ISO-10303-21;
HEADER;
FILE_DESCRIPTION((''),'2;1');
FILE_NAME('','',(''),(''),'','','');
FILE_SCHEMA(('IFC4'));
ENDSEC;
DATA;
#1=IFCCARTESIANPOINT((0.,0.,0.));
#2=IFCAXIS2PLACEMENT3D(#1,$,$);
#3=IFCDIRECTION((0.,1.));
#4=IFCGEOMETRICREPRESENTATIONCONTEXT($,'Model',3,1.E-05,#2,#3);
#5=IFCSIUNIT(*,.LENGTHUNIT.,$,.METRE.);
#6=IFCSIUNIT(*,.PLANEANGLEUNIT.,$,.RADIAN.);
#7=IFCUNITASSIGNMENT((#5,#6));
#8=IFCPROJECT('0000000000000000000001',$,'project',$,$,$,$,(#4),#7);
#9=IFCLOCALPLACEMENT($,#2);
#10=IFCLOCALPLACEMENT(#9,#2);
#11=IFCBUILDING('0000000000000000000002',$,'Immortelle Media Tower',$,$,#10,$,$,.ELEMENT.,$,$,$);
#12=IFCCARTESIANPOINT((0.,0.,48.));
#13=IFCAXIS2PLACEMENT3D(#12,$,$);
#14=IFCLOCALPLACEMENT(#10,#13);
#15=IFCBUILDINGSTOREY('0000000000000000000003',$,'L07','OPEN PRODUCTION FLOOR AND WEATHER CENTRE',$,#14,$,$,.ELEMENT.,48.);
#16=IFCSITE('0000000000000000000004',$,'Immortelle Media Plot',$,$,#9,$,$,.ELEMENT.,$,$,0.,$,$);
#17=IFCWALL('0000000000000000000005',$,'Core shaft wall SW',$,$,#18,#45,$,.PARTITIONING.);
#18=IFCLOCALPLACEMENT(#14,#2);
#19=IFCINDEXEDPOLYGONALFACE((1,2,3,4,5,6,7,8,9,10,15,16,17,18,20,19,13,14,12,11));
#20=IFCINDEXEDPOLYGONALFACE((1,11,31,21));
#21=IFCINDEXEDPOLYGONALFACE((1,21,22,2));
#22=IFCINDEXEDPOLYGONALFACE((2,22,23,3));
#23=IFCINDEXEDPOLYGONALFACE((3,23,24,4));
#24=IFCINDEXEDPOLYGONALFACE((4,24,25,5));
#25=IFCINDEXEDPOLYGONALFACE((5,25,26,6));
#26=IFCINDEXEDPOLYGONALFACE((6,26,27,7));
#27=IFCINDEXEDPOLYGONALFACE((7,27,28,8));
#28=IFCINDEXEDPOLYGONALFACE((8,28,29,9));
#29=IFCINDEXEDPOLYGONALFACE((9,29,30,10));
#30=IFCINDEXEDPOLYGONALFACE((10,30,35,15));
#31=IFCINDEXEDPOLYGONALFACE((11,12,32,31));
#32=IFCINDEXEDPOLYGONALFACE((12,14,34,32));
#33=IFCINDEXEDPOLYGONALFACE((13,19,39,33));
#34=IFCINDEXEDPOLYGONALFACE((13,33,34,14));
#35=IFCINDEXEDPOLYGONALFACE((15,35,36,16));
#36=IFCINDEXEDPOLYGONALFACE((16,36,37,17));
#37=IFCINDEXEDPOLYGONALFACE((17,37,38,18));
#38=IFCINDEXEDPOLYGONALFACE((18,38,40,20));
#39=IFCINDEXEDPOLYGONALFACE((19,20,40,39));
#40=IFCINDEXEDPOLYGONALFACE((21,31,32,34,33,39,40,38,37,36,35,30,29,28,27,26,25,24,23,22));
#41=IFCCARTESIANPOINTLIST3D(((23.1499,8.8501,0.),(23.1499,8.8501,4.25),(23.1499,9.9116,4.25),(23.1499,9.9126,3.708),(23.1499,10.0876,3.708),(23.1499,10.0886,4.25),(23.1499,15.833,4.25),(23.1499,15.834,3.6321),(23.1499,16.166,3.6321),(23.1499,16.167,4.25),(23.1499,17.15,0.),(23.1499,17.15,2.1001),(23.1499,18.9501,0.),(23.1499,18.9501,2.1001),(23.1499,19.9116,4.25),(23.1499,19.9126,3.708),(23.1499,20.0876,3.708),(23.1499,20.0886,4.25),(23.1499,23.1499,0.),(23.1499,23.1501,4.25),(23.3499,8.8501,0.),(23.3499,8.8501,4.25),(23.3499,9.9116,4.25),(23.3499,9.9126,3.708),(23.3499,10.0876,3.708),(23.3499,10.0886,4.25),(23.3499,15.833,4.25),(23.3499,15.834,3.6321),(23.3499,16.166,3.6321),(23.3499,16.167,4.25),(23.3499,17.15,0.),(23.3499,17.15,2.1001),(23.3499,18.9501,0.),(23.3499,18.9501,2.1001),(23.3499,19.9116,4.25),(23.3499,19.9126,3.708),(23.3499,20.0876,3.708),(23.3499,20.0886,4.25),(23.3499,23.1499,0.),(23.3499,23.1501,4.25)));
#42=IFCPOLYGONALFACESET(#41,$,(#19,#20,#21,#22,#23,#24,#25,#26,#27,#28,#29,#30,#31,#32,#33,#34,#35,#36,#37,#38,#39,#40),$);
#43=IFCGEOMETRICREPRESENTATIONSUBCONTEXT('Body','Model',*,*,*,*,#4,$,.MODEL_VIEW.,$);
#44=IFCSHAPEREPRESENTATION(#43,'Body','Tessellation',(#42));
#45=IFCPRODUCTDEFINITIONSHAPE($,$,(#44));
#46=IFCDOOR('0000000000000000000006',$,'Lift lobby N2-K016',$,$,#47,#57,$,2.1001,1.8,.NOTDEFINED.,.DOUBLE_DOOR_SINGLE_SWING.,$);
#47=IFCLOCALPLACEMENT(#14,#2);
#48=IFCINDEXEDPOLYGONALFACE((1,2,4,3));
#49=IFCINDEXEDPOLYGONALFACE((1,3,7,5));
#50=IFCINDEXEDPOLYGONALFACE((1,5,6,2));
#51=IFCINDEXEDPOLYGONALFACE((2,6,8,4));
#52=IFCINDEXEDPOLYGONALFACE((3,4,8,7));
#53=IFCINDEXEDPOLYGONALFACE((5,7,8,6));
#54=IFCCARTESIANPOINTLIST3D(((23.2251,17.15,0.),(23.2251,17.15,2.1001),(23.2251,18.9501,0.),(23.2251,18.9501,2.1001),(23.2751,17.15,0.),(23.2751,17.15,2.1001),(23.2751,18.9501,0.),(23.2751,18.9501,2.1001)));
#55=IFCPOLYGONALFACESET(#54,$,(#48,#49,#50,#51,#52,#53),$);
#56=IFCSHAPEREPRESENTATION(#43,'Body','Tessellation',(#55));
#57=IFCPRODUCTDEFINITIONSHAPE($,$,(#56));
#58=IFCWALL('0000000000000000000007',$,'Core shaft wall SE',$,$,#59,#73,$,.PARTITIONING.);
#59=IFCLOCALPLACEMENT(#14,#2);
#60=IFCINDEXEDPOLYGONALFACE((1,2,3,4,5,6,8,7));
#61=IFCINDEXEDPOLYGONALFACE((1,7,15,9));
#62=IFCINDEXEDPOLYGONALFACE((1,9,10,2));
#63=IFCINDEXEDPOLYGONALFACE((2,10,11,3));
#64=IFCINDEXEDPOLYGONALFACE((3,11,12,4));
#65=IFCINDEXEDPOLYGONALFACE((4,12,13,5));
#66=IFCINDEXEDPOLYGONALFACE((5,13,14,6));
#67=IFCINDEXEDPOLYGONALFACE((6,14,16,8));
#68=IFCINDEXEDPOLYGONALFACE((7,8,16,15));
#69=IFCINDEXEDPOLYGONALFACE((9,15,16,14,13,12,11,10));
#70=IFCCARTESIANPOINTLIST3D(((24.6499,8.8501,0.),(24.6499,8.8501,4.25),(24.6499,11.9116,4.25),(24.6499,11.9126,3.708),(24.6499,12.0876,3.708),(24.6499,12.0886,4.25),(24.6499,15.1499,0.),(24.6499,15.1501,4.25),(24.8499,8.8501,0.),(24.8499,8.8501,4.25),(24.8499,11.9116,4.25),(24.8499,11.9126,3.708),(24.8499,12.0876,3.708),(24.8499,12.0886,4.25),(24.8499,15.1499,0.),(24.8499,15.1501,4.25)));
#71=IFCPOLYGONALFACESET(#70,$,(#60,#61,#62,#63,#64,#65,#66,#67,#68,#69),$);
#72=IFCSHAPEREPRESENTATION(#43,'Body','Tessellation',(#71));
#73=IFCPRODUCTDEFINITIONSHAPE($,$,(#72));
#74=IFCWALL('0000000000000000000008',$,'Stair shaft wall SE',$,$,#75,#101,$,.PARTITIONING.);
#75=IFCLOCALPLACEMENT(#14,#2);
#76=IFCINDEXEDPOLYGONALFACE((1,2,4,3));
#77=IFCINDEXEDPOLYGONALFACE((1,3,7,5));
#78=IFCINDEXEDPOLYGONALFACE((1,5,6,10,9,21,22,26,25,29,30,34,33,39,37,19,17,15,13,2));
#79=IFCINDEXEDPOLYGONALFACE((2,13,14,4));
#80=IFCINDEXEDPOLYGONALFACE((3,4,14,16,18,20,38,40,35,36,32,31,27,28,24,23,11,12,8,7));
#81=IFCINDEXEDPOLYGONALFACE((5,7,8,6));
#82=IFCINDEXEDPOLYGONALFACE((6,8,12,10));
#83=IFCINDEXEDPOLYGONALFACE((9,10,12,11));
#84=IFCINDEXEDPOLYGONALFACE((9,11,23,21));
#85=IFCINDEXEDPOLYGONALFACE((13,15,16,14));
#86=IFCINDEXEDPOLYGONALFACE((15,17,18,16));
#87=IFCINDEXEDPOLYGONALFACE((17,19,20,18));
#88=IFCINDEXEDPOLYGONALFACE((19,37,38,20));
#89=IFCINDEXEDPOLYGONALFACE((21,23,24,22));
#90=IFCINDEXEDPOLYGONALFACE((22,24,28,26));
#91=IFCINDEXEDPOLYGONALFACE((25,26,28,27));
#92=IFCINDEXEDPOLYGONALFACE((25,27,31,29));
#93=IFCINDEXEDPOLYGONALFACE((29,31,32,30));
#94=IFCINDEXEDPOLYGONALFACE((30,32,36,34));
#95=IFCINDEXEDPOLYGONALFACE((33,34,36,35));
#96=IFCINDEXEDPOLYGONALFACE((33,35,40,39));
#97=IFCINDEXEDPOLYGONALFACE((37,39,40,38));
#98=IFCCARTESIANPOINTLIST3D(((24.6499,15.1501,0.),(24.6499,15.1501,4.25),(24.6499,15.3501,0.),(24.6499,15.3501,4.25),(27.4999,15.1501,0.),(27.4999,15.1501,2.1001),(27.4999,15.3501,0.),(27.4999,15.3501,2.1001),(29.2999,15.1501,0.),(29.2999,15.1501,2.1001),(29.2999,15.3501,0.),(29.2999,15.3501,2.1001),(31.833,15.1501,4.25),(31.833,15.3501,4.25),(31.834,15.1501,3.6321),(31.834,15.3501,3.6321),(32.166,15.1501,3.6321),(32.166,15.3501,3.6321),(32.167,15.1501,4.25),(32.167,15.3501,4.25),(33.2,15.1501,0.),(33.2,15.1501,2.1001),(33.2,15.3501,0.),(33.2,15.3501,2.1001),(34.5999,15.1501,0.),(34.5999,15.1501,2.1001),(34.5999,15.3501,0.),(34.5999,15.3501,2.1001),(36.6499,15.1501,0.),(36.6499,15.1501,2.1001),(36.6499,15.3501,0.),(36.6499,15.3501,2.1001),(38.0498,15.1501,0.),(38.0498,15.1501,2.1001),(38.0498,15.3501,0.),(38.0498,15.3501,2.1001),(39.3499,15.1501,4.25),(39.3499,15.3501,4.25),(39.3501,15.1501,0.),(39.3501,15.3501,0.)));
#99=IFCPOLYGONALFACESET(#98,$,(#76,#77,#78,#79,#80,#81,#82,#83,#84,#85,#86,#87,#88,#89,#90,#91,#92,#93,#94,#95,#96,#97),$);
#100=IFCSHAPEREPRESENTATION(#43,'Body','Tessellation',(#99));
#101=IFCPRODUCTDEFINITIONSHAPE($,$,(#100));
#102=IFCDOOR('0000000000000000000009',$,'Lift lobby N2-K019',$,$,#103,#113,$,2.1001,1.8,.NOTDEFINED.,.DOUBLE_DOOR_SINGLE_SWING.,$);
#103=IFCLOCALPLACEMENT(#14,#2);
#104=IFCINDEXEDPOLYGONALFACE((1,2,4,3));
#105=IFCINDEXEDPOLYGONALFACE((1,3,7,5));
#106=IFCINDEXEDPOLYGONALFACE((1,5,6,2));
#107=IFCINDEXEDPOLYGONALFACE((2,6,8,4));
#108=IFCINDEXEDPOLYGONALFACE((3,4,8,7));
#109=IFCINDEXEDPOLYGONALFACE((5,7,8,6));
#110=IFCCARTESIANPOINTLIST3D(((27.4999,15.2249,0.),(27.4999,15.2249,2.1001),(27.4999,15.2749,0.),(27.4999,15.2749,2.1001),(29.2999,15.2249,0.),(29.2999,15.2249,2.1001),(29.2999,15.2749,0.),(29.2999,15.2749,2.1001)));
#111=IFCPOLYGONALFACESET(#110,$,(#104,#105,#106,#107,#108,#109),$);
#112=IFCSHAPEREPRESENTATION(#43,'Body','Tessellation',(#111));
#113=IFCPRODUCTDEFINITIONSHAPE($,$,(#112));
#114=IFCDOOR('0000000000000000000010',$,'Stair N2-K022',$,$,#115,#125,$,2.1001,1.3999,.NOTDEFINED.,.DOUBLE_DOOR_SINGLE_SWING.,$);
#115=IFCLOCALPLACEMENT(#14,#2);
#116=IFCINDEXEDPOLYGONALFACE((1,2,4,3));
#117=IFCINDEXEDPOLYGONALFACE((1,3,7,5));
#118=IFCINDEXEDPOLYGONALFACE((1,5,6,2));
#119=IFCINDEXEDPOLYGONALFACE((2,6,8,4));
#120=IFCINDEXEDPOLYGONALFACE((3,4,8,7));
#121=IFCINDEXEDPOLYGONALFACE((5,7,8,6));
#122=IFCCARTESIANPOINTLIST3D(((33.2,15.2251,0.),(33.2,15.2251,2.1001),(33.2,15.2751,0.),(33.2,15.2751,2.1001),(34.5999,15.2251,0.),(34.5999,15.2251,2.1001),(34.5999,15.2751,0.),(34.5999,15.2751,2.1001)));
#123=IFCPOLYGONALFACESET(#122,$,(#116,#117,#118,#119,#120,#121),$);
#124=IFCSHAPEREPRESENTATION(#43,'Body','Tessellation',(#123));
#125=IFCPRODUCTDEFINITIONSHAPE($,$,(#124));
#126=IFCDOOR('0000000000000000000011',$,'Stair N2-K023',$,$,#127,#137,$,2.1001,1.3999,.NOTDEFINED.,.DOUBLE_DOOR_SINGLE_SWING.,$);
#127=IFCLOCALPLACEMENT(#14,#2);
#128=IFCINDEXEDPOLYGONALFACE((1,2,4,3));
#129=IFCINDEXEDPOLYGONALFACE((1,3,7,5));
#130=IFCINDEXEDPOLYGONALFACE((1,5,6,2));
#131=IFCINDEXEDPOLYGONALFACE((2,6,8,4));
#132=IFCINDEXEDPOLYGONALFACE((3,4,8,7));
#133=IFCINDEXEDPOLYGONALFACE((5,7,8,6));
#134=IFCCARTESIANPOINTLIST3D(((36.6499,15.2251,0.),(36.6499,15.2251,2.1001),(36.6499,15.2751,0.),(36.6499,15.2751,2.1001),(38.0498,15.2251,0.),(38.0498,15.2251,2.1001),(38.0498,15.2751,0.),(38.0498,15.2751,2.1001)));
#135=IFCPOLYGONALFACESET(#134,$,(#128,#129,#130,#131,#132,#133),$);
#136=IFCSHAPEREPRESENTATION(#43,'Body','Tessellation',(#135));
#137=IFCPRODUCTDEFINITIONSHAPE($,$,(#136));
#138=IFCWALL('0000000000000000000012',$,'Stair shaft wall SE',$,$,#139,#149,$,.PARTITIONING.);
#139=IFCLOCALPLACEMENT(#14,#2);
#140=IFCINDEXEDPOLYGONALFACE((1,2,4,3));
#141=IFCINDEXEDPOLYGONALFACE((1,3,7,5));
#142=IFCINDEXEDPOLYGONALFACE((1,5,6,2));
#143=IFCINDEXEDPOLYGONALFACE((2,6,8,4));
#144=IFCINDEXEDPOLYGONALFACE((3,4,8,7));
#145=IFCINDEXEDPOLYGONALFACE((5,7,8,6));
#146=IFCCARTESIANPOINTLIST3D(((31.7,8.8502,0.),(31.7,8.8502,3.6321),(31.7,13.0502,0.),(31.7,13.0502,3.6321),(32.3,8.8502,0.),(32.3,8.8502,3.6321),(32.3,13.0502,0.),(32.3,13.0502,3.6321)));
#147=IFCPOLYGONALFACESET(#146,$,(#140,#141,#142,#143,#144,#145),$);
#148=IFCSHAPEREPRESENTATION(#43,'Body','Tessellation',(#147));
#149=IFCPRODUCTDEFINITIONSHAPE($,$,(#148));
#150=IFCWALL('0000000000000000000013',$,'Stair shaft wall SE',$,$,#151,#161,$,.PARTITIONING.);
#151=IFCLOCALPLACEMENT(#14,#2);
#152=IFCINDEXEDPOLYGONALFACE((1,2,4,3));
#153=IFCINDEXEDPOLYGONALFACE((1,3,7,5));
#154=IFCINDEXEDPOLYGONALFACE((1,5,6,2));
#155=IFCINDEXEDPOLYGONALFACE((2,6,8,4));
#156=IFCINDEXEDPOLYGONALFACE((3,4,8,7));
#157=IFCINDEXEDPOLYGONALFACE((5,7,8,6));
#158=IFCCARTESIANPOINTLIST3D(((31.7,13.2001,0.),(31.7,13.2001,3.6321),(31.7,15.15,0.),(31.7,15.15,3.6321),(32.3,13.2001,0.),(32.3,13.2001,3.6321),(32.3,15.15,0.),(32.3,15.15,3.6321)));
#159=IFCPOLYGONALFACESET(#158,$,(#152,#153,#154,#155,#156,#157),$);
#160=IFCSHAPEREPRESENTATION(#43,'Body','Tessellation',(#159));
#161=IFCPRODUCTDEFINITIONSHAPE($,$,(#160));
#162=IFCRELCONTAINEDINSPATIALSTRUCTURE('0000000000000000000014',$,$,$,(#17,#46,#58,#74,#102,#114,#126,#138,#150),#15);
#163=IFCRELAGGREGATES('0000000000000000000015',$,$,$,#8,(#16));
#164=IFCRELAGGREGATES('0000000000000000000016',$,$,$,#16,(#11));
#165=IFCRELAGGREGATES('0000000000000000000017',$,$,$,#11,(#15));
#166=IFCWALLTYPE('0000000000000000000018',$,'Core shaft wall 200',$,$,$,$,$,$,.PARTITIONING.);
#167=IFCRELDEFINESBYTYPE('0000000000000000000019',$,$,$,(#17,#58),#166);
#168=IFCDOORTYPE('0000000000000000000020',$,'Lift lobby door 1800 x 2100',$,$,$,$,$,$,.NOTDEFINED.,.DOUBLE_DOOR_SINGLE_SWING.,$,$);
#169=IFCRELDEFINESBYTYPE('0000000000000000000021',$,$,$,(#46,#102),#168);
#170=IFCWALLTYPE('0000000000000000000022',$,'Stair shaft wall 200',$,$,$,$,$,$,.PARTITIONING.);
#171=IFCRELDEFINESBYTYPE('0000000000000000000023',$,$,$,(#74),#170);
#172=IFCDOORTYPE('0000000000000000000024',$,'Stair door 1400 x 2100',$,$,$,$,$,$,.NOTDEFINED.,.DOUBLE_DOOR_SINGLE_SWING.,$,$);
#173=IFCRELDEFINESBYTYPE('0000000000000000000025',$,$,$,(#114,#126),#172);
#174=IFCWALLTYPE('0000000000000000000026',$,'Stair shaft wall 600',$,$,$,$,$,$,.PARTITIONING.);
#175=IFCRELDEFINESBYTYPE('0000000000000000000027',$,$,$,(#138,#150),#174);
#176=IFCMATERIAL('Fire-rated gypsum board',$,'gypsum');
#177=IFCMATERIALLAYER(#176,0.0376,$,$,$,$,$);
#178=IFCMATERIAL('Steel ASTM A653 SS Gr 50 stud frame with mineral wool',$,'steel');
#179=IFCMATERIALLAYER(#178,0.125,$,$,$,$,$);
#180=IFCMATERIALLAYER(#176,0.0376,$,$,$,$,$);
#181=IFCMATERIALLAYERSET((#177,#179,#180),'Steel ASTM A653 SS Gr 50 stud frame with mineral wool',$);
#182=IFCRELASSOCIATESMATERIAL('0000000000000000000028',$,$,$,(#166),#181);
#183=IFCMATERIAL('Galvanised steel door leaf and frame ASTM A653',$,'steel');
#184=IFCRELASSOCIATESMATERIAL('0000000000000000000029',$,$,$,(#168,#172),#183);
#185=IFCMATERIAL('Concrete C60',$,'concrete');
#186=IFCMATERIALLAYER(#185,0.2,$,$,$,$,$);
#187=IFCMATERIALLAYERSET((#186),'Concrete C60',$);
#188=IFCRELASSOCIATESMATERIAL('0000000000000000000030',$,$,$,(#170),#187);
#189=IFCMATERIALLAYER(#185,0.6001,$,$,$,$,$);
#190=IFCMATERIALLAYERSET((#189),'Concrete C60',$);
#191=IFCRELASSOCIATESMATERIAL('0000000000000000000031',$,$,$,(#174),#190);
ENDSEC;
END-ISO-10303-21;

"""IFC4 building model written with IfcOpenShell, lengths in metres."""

from ifc_helpers import new_model, si_unit, direction, frame, frame_2d, origin, place, context, subcontext, project, spatial, polyline, rectangle, outline, extrude, material, layer, layer_set, type_object, element, fill, save


model = new_model("IFC4")

# Units and contexts
model_context = context("Model", 3, precision=1e-05, world=origin(), true_north=direction((0.0, 1.0)))
body_context = subcontext(model_context, "Body", "Model", "MODEL_VIEW")
ifc_project = project(units=[si_unit("LENGTHUNIT", "METRE"), si_unit("PLANEANGLEUNIT", "RADIAN")], contexts=[model_context])

# Site, building, storey
site_placement = place(None, origin())
site = spatial("IfcSite", under=ifc_project, at=site_placement, Name="Immortelle Media Plot", CompositionType="ELEMENT", RefElevation=0.0)
building_placement = place(site_placement, origin())
building = spatial("IfcBuilding", under=site, at=building_placement, Name="Immortelle Media Tower", CompositionType="ELEMENT")
storey_placement = place(building_placement, frame((0.0, 0.0, 48.0)))
storey = spatial("IfcBuildingStorey", under=building, at=storey_placement, Name="L07", Description="OPEN PRODUCTION FLOOR AND WEATHER CENTRE", CompositionType="ELEMENT", Elevation=48.0)

# Shared definitions
ifc_material_1 = material(Name="Fire-rated gypsum board", Category="gypsum")
ifc_material_2 = material(Name="Steel ASTM A653 SS Gr 50 stud frame with mineral wool", Category="steel")
ifc_material_3 = material(Name="Galvanised steel door leaf and frame ASTM A653", Category="steel")

# Shared definitions
ifc_layer_1 = layer(ifc_material_1, 0.0376)
ifc_layer_2 = layer(ifc_material_2, 0.125)
ifc_layer_3 = layer(ifc_material_1, 0.0376)
ifc_layer_set_1 = layer_set([ifc_layer_1, ifc_layer_2, ifc_layer_3], Name="Steel ASTM A653 SS Gr 50 stud frame with mineral wool")
wall_type_1 = type_object("IfcWallType", Name="Core shaft wall 200", PredefinedType="PARTITIONING", material=ifc_layer_set_1)

# Wall, opening, door
wall_1_placement = place(storey_placement, frame((23.25, 8.8501, 0.0), z_axis=(0.0, 0.0, 1.0), x_axis=(0.0, 1.0, 0.0)))
wall_1 = element("IfcWall", 1, at=wall_1_placement, inside=storey, type_object=wall_type_1, Name="Core shaft wall SW", PredefinedType="PARTITIONING", context=body_context, shape_type="SweptSolid", body=[
    extrude(outline(polyline([(0.0, 0.0), (14.2998, 0.0), (14.3, 4.25), (11.2385, 4.25), (11.2375, 3.708), (11.0625, 3.708), (11.0615, 4.25), (7.3169, 4.25), (7.3159, 3.6321), (6.9839, 3.6321), (6.9829, 4.25), (1.2385, 4.25), (1.2375, 3.708), (1.0625, 3.708), (1.0615, 4.25), (0.0, 4.25), (0.0, 0.0)])), frame((0.0, 0.1001, 0.0), z_axis=(0.0, -1.0, 0.0), x_axis=(1.0, 0.0, 0.0)), (0.0, 0.0, 1.0), 0.2),
])
opening_1_placement = place(wall_1_placement, frame((8.3, 0.0, 0.0)))
opening_1 = element("IfcOpeningElement", 2, at=opening_1_placement, cuts=wall_1, PredefinedType="OPENING", context=body_context, shape_type="SweptSolid", body=[
    extrude(rectangle(XDim=1.8, YDim=2.1001, at=frame_2d((0.8999, 1.05))), frame((0.0, 0.1099, 0.0), z_axis=(0.0, -1.0, 0.0), x_axis=(1.0, 0.0, 0.0)), (0.0, 0.0, 1.0), 0.22),
])
door_type_1 = type_object("IfcDoorType", Name="Lift lobby door 1800 x 2100", OperationType="DOUBLE_DOOR_SINGLE_SWING", PredefinedType="NOTDEFINED", material=ifc_material_3)
door_1_placement = place(opening_1_placement, origin())
door_1 = element("IfcDoor", 3, at=door_1_placement, inside=storey, type_object=door_type_1, Name="Lift lobby N2-K016", OperationType="DOUBLE_DOOR_SINGLE_SWING", OverallHeight=2.1001, OverallWidth=1.8, PredefinedType="NOTDEFINED", context=body_context, shape_type="SweptSolid", body=[
    extrude(rectangle(XDim=1.8, YDim=2.1001, at=frame_2d((0.8999, 1.05))), frame((0.0, 0.0249, 0.0), z_axis=(0.0, -1.0, 0.0), x_axis=(1.0, 0.0, 0.0)), (0.0, 0.0, 1.0), 0.05),
])
fill(opening_1, door_1)

# Wall
wall_2_placement = place(storey_placement, frame((24.75, 8.8501, 0.0), z_axis=(0.0, 0.0, 1.0), x_axis=(0.0, 1.0, 0.0)))
element("IfcWall", 4, at=wall_2_placement, inside=storey, type_object=wall_type_1, Name="Core shaft wall SE", PredefinedType="PARTITIONING", context=body_context, shape_type="SweptSolid", body=[
    extrude(outline(polyline([(0.0, 0.0), (6.2998, 0.0), (6.3, 4.25), (3.2385, 4.25), (3.2375, 3.708), (3.0625, 3.708), (3.0615, 4.25), (0.0, 4.25), (0.0, 0.0)])), frame((0.0, 0.1001, 0.0), z_axis=(0.0, -1.0, 0.0), x_axis=(1.0, 0.0, 0.0)), (0.0, 0.0, 1.0), 0.2),
])

# Wall, openings, doors
ifc_material_4 = material(Name="Concrete C60", Category="concrete")
ifc_layer_4 = layer(ifc_material_4, 0.2)
ifc_layer_set_2 = layer_set([ifc_layer_4], Name="Concrete C60")
wall_type_2 = type_object("IfcWallType", Name="Stair shaft wall 200", PredefinedType="PARTITIONING", material=ifc_layer_set_2)
wall_3_placement = place(storey_placement, frame((24.6499, 15.25, 0.0), z_axis=(0.0, 0.0, 1.0), x_axis=(1.0, 0.0, 0.0)))
wall_3 = element("IfcWall", 5, at=wall_3_placement, inside=storey, type_object=wall_type_2, Name="Stair shaft wall SE", PredefinedType="PARTITIONING", context=body_context, shape_type="SweptSolid", body=[
    extrude(outline(polyline([(0.0, 0.0), (14.7002, 0.0), (14.7, 4.25), (7.5171, 4.25), (7.5161, 3.6321), (7.1841, 3.6321), (7.1831, 4.25), (0.0, 4.25), (0.0, 0.0)])), frame((0.0, 0.1001, 0.0), z_axis=(0.0, -1.0, 0.0), x_axis=(1.0, 0.0, 0.0)), (0.0, 0.0, 1.0), 0.2),
])
opening_2_placement = place(wall_3_placement, frame((2.8501, 0.0, 0.0)))
opening_2 = element("IfcOpeningElement", 6, at=opening_2_placement, cuts=wall_3, PredefinedType="OPENING", context=body_context, shape_type="SweptSolid", body=[
    extrude(rectangle(XDim=1.8, YDim=2.1001, at=frame_2d((0.8999, 1.05))), frame((0.0, 0.1099, 0.0), z_axis=(0.0, -1.0, 0.0), x_axis=(1.0, 0.0, 0.0)), (0.0, 0.0, 1.0), 0.22),
])
opening_3_placement = place(wall_3_placement, frame((9.95, 0.0, 0.0), z_axis=(0.0, 0.0, 1.0), x_axis=(-1.0, 0.0, 0.0)))
opening_3 = element("IfcOpeningElement", 7, at=opening_3_placement, cuts=wall_3, PredefinedType="OPENING", context=body_context, shape_type="SweptSolid", body=[
    extrude(rectangle(XDim=1.3999, YDim=2.1001, at=frame_2d((0.7, 1.05))), frame((0.0, 0.1099, 0.0), z_axis=(0.0, -1.0, 0.0), x_axis=(1.0, 0.0, 0.0)), (0.0, 0.0, 1.0), 0.22),
])
opening_4_placement = place(wall_3_placement, frame((13.3999, 0.0, 0.0), z_axis=(0.0, 0.0, 1.0), x_axis=(-1.0, 0.0, 0.0)))
opening_4 = element("IfcOpeningElement", 8, at=opening_4_placement, cuts=wall_3, PredefinedType="OPENING", context=body_context, shape_type="SweptSolid", body=[
    extrude(rectangle(XDim=1.3999, YDim=2.1001, at=frame_2d((0.7, 1.05))), frame((0.0, 0.1099, 0.0), z_axis=(0.0, -1.0, 0.0), x_axis=(1.0, 0.0, 0.0)), (0.0, 0.0, 1.0), 0.22),
])
door_2_placement = place(opening_2_placement, origin())
door_2 = element("IfcDoor", 9, at=door_2_placement, inside=storey, type_object=door_type_1, Name="Lift lobby N2-K019", OperationType="DOUBLE_DOOR_SINGLE_SWING", OverallHeight=2.1001, OverallWidth=1.8, PredefinedType="NOTDEFINED", context=body_context, shape_type="SweptSolid", body=[
    extrude(rectangle(XDim=1.8, YDim=2.1001, at=frame_2d((0.8999, 1.05))), frame((0.0, 0.0249, 0.0), z_axis=(0.0, -1.0, 0.0), x_axis=(1.0, 0.0, 0.0)), (0.0, 0.0, 1.0), 0.05),
])
fill(opening_2, door_2)
door_type_2 = type_object("IfcDoorType", Name="Stair door 1400 x 2100", OperationType="DOUBLE_DOOR_SINGLE_SWING", PredefinedType="NOTDEFINED", material=ifc_material_3)
door_3_placement = place(opening_3_placement, origin())
door_3 = element("IfcDoor", 10, at=door_3_placement, inside=storey, type_object=door_type_2, Name="Stair N2-K022", OperationType="DOUBLE_DOOR_SINGLE_SWING", OverallHeight=2.1001, OverallWidth=1.3999, PredefinedType="NOTDEFINED", context=body_context, shape_type="SweptSolid", body=[
    extrude(rectangle(XDim=1.3999, YDim=2.1001, at=frame_2d((0.7, 1.05))), frame((0.0, 0.0249, 0.0), z_axis=(0.0, -1.0, 0.0), x_axis=(1.0, 0.0, 0.0)), (0.0, 0.0, 1.0), 0.05),
])
fill(opening_3, door_3)
door_4_placement = place(opening_4_placement, origin())
door_4 = element("IfcDoor", 11, at=door_4_placement, inside=storey, type_object=door_type_2, Name="Stair N2-K023", OperationType="DOUBLE_DOOR_SINGLE_SWING", OverallHeight=2.1001, OverallWidth=1.3999, PredefinedType="NOTDEFINED", context=body_context, shape_type="SweptSolid", body=[
    extrude(rectangle(XDim=1.3999, YDim=2.1001, at=frame_2d((0.7, 1.05))), frame((0.0, 0.0249, 0.0), z_axis=(0.0, -1.0, 0.0), x_axis=(1.0, 0.0, 0.0)), (0.0, 0.0, 1.0), 0.05),
])
fill(opening_4, door_4)

# Walls
ifc_layer_5 = layer(ifc_material_4, 0.6001)
ifc_layer_set_3 = layer_set([ifc_layer_5], Name="Concrete C60")
wall_type_3 = type_object("IfcWallType", Name="Stair shaft wall 600", PredefinedType="PARTITIONING", material=ifc_layer_set_3)
wall_4_placement = place(storey_placement, frame((32.0, 8.8501, 0.0), z_axis=(0.0, 0.0, 1.0), x_axis=(0.0, 1.0, 0.0)))
element("IfcWall", 12, at=wall_4_placement, inside=storey, type_object=wall_type_3, Name="Stair shaft wall SE", PredefinedType="PARTITIONING", context=body_context, shape_type="SweptSolid", body=[
    extrude(rectangle(XDim=4.2, YDim=0.6001, at=frame_2d((2.1001, 0.0))), origin(), (0.0, 0.0, 1.0), 3.6321),
])
wall_5_placement = place(storey_placement, frame((32.0, 13.2, 0.0), z_axis=(0.0, 0.0, 1.0), x_axis=(0.0, 1.0, 0.0)))
element("IfcWall", 13, at=wall_5_placement, inside=storey, type_object=wall_type_3, Name="Stair shaft wall SE", PredefinedType="PARTITIONING", context=body_context, shape_type="SweptSolid", body=[
    extrude(rectangle(XDim=1.95, YDim=0.6001, at=frame_2d((0.9751, 0.0))), origin(), (0.0, 0.0, 1.0), 3.6321),
])

save(model, "model.ifc")
